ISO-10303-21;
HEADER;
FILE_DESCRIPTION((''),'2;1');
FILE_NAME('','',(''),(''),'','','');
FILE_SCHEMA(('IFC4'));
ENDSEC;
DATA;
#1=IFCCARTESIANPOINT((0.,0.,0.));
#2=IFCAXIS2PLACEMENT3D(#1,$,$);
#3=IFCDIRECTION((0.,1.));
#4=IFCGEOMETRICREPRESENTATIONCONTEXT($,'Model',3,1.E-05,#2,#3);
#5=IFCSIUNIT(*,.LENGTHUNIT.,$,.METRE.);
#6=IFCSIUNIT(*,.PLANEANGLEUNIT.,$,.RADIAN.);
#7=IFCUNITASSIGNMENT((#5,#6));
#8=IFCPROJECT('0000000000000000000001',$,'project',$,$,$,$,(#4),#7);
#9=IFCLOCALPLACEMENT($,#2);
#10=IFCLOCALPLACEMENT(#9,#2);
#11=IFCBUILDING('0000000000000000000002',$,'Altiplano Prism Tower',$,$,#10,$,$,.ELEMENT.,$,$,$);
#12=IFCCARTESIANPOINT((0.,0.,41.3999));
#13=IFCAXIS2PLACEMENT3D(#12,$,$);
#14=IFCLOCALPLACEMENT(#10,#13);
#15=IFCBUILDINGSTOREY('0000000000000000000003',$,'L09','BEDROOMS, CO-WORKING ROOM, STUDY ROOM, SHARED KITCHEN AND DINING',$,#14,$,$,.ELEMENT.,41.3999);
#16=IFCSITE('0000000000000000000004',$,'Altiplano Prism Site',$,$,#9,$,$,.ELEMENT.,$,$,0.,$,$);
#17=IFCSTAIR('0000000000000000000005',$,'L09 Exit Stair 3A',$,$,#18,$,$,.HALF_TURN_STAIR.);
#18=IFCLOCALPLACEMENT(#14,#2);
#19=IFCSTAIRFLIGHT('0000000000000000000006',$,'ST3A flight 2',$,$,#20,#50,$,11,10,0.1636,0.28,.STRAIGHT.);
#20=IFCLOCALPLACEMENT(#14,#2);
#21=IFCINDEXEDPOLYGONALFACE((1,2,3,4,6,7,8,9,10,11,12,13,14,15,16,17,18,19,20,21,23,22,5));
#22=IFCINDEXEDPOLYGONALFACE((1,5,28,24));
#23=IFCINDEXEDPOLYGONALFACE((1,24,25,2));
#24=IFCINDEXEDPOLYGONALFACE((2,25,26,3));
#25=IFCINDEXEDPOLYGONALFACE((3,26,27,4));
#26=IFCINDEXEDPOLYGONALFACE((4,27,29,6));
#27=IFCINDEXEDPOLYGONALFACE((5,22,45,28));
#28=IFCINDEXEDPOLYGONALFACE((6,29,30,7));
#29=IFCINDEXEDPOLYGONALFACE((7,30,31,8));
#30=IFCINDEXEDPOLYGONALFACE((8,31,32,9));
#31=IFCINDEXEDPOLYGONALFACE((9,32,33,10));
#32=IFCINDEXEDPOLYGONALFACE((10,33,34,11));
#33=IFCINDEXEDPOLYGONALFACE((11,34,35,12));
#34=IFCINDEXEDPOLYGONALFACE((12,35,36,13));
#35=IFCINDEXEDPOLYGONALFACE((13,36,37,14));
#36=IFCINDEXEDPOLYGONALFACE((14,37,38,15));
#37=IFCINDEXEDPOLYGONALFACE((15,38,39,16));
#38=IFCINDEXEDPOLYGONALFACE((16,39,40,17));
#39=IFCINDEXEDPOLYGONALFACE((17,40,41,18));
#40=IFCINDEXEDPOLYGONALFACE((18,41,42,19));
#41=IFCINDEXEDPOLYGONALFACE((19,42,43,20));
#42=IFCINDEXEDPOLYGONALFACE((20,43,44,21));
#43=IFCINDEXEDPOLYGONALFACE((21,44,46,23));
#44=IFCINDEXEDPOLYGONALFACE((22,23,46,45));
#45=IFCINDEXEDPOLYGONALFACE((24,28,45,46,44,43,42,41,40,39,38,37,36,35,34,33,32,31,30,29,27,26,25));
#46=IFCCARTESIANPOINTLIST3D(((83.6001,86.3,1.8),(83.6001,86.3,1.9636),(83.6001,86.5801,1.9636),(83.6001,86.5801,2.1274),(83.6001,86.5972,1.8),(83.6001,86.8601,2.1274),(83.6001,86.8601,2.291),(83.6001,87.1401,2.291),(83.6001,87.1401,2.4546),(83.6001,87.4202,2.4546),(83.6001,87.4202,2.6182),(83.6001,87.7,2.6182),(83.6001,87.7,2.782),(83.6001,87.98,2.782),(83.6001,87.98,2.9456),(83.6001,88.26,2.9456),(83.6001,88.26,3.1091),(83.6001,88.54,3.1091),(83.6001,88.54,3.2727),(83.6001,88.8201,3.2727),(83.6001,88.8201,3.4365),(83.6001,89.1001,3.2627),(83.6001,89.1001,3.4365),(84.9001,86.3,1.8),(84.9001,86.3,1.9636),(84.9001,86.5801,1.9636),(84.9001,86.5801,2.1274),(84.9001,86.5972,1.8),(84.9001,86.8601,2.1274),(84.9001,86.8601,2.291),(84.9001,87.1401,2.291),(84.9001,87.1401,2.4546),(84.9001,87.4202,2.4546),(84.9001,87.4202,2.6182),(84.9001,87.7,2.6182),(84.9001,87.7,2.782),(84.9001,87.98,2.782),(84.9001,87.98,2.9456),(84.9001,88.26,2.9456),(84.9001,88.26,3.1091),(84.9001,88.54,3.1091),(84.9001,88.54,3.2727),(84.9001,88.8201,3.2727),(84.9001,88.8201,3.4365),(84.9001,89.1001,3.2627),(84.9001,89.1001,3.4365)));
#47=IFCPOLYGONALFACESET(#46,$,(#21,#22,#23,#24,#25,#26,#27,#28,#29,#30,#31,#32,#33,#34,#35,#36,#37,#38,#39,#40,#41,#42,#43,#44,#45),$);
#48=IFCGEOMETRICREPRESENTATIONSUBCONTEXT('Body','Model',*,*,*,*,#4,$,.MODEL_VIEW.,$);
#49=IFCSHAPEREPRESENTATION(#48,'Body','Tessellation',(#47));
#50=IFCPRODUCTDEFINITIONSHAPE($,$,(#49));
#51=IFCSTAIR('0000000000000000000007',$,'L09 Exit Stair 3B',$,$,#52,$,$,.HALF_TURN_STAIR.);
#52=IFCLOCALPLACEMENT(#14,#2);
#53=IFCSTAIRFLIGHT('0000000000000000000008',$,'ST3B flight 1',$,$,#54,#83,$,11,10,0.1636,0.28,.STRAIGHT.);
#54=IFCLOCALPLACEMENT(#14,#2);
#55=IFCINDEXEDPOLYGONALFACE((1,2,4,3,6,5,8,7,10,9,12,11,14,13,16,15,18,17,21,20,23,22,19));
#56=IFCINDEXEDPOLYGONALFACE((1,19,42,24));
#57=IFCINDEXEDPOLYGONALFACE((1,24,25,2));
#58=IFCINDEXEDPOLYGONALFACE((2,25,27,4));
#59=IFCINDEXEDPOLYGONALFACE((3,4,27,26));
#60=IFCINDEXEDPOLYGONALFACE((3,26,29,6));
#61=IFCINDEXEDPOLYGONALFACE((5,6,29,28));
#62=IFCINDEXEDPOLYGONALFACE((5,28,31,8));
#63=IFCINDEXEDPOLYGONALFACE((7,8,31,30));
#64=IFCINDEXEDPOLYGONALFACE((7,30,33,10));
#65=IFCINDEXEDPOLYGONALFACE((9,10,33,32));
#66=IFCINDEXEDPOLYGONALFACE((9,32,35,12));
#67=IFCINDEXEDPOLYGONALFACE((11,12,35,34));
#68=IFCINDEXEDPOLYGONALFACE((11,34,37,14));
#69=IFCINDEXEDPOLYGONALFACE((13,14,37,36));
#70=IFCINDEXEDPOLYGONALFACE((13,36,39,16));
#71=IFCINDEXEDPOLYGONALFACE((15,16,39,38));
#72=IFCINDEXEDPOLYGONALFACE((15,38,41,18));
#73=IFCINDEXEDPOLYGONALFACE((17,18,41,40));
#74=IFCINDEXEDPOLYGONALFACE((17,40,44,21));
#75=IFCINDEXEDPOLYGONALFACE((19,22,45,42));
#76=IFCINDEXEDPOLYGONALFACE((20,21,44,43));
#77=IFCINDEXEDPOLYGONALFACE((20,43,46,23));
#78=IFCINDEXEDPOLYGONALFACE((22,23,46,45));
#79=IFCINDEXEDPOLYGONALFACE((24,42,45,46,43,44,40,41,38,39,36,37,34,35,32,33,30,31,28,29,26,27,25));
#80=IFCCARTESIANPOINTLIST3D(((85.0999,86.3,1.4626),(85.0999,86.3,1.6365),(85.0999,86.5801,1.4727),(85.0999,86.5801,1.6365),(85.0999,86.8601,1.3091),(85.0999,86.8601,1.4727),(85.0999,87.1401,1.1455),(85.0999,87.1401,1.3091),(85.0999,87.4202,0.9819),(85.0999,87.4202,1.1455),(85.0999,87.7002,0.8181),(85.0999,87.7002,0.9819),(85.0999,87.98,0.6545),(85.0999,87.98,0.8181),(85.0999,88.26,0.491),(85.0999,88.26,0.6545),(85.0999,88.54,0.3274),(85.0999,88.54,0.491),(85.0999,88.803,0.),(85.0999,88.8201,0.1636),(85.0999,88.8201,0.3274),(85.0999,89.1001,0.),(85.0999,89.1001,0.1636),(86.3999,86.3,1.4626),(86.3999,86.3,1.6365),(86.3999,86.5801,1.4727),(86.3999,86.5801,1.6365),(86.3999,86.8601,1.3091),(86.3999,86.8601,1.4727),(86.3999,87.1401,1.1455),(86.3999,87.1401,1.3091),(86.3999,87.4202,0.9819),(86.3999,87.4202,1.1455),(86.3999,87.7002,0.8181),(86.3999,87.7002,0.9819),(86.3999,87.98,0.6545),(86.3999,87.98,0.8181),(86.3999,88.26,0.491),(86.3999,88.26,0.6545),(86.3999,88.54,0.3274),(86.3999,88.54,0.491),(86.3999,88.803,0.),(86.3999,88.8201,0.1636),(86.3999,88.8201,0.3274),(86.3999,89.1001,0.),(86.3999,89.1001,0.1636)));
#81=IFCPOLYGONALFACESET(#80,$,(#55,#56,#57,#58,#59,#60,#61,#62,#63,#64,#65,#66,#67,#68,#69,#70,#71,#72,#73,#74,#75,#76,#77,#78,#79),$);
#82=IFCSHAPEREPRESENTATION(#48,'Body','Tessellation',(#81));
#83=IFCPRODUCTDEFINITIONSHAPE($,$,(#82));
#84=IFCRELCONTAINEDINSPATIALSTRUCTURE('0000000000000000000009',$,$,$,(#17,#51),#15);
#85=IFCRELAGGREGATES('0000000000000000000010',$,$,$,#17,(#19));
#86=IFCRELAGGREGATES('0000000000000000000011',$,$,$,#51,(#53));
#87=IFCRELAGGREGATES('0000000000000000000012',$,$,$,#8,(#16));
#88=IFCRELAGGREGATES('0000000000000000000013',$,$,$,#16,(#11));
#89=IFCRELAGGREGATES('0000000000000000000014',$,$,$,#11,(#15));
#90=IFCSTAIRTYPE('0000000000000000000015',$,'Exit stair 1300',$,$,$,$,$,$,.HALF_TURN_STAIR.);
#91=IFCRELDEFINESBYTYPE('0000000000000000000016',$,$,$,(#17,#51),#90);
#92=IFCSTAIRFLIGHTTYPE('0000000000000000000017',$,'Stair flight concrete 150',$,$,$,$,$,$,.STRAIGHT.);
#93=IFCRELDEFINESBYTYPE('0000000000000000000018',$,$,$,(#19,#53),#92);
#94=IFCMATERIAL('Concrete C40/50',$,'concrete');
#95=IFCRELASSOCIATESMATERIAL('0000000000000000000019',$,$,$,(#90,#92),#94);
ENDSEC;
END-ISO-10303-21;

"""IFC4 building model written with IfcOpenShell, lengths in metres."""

from ifc_helpers import new_model, si_unit, direction, frame, origin, place, context, subcontext, project, spatial, polyline, outline, extrude, material, type_object, element, aggregate, save


model = new_model("IFC4")

# Units and contexts
model_context = context("Model", 3, precision=1e-05, world=origin(), true_north=direction((0.0, 1.0)))
body_context = subcontext(model_context, "Body", "Model", "MODEL_VIEW")
ifc_project = project(units=[si_unit("LENGTHUNIT", "METRE"), si_unit("PLANEANGLEUNIT", "RADIAN")], contexts=[model_context])

# Site, building, storey
site_placement = place(None, origin())
site = spatial("IfcSite", under=ifc_project, at=site_placement, Name="Altiplano Prism Site", CompositionType="ELEMENT", RefElevation=0.0)
building_placement = place(site_placement, origin())
building = spatial("IfcBuilding", under=site, at=building_placement, Name="Altiplano Prism Tower", CompositionType="ELEMENT")
storey_placement = place(building_placement, frame((0.0, 0.0, 41.3999)))
storey = spatial("IfcBuildingStorey", under=building, at=storey_placement, Name="L09", Description="BEDROOMS, CO-WORKING ROOM, STUDY ROOM, SHARED KITCHEN AND DINING", CompositionType="ELEMENT", Elevation=41.3999)

# Stair, stair flight
ifc_material_1 = material(Name="Concrete C40/50", Category="concrete")
stair_type = type_object("IfcStairType", Name="Exit stair 1300", PredefinedType="HALF_TURN_STAIR", material=ifc_material_1)
stair_1_placement = place(storey_placement, origin())
stair_1 = element("IfcStair", 1, at=stair_1_placement, inside=storey, type_object=stair_type, Name="L09 Exit Stair 3A", PredefinedType="HALF_TURN_STAIR")
stair_flight_type = type_object("IfcStairFlightType", Name="Stair flight concrete 150", PredefinedType="STRAIGHT", material=ifc_material_1)
stair_flight_1_placement = place(storey_placement, frame((84.25, 86.3, 1.8), z_axis=(0.0, 0.0, 1.0), x_axis=(0.0, 1.0, 0.0)))
stair_flight_1 = element("IfcStairFlight", 2, at=stair_flight_1_placement, type_object=stair_flight_type, Name="ST3A flight 2", NumberOfRisers=11, NumberOfTreads=10, PredefinedType="STRAIGHT", RiserHeight=0.1636, TreadLength=0.28, context=body_context, shape_type="SweptSolid", body=[
    extrude(outline(polyline([(0.0, 0.0), (0.0, 0.1636), (0.28, 0.1636), (0.28, 0.3274), (0.5601, 0.3274), (0.5601, 0.491), (0.8401, 0.491), (0.8401, 0.6545), (1.1201, 0.6545), (1.1201, 0.8181), (1.3999, 0.8181), (1.3999, 0.9819), (1.6799, 0.9819), (1.6799, 1.1455), (1.96, 1.1455), (1.96, 1.3091), (2.24, 1.3091), (2.24, 1.4727), (2.52, 1.4727), (2.52, 1.6365), (2.8, 1.6365), (2.8, 1.8), (2.8, 1.4626), (0.2971, 0.0), (0.0, 0.0)])), frame((0.0, 0.6499, 0.0), z_axis=(0.0, -1.0, 0.0), x_axis=(1.0, 0.0, 0.0)), (0.0, 0.0, 1.0), 1.3),
])
aggregate(stair_1, [stair_flight_1])

# Stair, stair flight
stair_2_placement = place(storey_placement, origin())
stair_2 = element("IfcStair", 3, at=stair_2_placement, inside=storey, type_object=stair_type, Name="L09 Exit Stair 3B", PredefinedType="HALF_TURN_STAIR")
stair_flight_2_placement = place(storey_placement, frame((85.75, 89.1001, 0.0), z_axis=(0.0, 0.0, 1.0), x_axis=(0.0, -1.0, 0.0)))
stair_flight_2 = element("IfcStairFlight", 4, at=stair_flight_2_placement, type_object=stair_flight_type, Name="ST3B flight 1", NumberOfRisers=11, NumberOfTreads=10, PredefinedType="STRAIGHT", RiserHeight=0.1636, TreadLength=0.28, context=body_context, shape_type="SweptSolid", body=[
    extrude(outline(polyline([(0.0, 0.0), (0.0, 0.1636), (0.28, 0.1636), (0.28, 0.3274), (0.5601, 0.3274), (0.5601, 0.491), (0.8401, 0.491), (0.8401, 0.6545), (1.1201, 0.6545), (1.1201, 0.8181), (1.3999, 0.8181), (1.3999, 0.9819), (1.6799, 0.9819), (1.6799, 1.1455), (1.96, 1.1455), (1.96, 1.3091), (2.24, 1.3091), (2.24, 1.4727), (2.52, 1.4727), (2.52, 1.6365), (2.8, 1.6365), (2.8, 1.8), (2.8, 1.4626), (0.2971, 0.0), (0.0, 0.0)])), frame((0.0, 0.6499, 0.0), z_axis=(0.0, -1.0, 0.0), x_axis=(1.0, 0.0, 0.0)), (0.0, 0.0, 1.0), 1.3),
])
aggregate(stair_2, [stair_flight_2])

save(model, "model.ifc")
